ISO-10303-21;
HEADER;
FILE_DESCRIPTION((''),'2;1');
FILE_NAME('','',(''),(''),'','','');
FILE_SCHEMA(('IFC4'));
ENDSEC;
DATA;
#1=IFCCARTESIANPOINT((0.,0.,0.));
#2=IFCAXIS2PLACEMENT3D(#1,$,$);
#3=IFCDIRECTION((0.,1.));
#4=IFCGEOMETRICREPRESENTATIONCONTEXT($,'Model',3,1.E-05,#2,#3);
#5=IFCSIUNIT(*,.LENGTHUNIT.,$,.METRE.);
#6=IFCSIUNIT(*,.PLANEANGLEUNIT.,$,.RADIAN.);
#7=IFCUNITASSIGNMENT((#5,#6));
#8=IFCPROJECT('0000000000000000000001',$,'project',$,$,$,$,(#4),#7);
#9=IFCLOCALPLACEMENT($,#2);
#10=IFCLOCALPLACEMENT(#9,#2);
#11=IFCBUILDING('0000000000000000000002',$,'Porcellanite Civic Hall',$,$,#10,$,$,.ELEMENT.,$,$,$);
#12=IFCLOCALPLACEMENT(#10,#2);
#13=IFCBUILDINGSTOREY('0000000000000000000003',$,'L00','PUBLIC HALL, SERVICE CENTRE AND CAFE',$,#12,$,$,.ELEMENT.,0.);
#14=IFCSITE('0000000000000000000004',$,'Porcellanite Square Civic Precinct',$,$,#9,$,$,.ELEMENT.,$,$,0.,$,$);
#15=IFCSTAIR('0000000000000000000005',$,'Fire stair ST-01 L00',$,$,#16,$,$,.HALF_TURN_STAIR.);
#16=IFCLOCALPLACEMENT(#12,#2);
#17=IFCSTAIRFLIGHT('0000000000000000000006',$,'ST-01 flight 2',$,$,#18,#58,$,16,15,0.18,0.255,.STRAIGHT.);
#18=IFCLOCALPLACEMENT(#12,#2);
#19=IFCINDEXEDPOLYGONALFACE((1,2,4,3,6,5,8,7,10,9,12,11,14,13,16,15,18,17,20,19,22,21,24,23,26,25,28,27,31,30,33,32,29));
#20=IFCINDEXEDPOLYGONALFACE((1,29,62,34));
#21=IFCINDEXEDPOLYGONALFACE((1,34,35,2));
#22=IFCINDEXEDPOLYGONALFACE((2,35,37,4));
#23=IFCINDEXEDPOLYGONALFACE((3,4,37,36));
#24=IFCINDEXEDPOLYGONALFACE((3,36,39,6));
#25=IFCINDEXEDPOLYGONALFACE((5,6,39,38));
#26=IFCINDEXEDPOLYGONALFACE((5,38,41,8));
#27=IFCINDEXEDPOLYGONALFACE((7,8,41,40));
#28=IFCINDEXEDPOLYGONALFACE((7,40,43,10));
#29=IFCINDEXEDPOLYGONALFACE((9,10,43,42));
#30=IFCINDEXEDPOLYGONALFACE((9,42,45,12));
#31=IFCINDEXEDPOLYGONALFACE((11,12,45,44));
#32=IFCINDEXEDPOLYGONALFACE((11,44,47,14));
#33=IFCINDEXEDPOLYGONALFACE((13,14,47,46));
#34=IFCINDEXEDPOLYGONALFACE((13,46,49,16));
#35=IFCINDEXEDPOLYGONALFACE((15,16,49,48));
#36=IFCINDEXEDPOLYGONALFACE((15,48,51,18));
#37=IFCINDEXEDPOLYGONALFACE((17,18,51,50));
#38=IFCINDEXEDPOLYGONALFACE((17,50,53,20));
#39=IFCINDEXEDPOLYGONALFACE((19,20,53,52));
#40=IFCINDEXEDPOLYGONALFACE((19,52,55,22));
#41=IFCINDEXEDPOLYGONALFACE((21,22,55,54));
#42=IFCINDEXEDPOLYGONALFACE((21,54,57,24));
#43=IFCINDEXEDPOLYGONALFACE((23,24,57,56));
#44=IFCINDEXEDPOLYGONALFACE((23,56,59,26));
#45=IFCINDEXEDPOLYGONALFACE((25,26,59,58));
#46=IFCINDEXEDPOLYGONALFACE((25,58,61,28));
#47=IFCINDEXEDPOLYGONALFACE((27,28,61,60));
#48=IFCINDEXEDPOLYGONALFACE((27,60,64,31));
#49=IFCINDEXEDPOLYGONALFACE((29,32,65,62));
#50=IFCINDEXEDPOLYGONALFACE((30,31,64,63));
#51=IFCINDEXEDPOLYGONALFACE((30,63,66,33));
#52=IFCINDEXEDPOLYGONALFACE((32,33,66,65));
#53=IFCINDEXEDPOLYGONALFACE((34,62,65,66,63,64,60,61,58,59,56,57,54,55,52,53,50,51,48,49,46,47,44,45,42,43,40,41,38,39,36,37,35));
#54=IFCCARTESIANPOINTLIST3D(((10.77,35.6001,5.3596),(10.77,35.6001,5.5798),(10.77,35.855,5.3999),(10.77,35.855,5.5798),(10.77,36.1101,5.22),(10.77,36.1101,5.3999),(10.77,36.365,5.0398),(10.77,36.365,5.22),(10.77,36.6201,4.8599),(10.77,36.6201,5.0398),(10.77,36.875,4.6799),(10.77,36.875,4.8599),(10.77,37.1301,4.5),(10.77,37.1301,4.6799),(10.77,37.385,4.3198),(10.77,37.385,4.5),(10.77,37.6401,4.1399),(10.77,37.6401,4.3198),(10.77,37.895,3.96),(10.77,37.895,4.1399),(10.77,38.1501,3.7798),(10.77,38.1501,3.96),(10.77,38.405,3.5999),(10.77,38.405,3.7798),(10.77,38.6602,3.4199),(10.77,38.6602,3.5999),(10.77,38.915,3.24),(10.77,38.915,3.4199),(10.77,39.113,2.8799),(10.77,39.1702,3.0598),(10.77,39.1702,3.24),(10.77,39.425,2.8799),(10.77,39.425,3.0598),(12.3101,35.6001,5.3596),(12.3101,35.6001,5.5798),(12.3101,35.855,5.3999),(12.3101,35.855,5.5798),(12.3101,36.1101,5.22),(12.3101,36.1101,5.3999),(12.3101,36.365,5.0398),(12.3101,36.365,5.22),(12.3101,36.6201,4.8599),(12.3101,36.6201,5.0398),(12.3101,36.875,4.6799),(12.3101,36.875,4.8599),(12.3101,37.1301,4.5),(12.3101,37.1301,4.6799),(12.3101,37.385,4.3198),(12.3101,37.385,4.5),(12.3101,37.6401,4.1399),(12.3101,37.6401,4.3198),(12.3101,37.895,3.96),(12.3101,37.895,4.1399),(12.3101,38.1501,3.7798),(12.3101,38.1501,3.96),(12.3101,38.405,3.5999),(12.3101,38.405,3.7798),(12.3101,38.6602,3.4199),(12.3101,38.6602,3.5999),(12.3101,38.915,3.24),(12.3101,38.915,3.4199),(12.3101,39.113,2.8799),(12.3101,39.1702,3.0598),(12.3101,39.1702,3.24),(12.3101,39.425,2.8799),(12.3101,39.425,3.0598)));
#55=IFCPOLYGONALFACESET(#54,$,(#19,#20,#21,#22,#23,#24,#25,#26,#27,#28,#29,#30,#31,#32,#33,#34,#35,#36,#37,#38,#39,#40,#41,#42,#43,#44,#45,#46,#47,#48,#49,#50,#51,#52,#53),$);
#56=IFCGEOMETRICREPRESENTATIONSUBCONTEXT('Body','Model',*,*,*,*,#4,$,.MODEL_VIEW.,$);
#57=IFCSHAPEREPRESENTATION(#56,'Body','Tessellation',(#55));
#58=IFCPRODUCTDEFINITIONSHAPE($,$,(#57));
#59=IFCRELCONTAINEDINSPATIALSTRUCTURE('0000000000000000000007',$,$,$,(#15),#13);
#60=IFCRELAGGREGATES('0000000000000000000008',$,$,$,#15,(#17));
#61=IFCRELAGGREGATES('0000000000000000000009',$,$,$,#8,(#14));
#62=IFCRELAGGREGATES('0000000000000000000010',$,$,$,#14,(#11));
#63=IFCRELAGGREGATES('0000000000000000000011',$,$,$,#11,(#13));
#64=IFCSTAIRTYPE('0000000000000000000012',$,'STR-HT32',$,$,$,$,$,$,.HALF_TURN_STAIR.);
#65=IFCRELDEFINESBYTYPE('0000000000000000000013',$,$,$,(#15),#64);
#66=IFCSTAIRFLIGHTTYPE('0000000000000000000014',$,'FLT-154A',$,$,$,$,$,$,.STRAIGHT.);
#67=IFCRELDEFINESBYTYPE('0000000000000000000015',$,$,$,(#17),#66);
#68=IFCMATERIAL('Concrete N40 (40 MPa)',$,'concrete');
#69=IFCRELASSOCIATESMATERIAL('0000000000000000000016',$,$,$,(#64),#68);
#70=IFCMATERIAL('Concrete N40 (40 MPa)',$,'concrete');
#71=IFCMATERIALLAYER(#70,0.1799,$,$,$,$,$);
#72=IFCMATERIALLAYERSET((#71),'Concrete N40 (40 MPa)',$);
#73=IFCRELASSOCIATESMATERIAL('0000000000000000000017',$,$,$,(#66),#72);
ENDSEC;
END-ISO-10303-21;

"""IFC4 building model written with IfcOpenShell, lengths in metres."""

from ifc_helpers import new_model, si_unit, direction, frame, origin, place, context, subcontext, project, spatial, polyline, outline, extrude, material, layer, layer_set, type_object, element, aggregate, save


model = new_model("IFC4")

# Units and contexts
model_context = context("Model", 3, precision=1e-05, world=origin(), true_north=direction((0.0, 1.0)))
body_context = subcontext(model_context, "Body", "Model", "MODEL_VIEW")
ifc_project = project(units=[si_unit("LENGTHUNIT", "METRE"), si_unit("PLANEANGLEUNIT", "RADIAN")], contexts=[model_context])

# Site, building, storey
site_placement = place(None, origin())
site = spatial("IfcSite", under=ifc_project, at=site_placement, Name="Porcellanite Square Civic Precinct", CompositionType="ELEMENT", RefElevation=0.0)
building_placement = place(site_placement, origin())
building = spatial("IfcBuilding", under=site, at=building_placement, Name="Porcellanite Civic Hall", CompositionType="ELEMENT")
storey_placement = place(building_placement, origin())
storey = spatial("IfcBuildingStorey", under=building, at=storey_placement, Name="L00", Description="PUBLIC HALL, SERVICE CENTRE AND CAFE", CompositionType="ELEMENT", Elevation=0.0)

# Stair, stair flight
ifc_material_1 = material(Name="Concrete N40 (40 MPa)", Category="concrete")
stair_type = type_object("IfcStairType", Name="STR-HT32", PredefinedType="HALF_TURN_STAIR", material=ifc_material_1)
stair_placement = place(storey_placement, origin())
stair = element("IfcStair", 1, at=stair_placement, inside=storey, type_object=stair_type, Name="Fire stair ST-01 L00", PredefinedType="HALF_TURN_STAIR")
ifc_material_2 = material(Name="Concrete N40 (40 MPa)", Category="concrete")
ifc_layer_1 = layer(ifc_material_2, 0.1799)
ifc_layer_set_1 = layer_set([ifc_layer_1], Name="Concrete N40 (40 MPa)")
stair_flight_type = type_object("IfcStairFlightType", Name="FLT-154A", PredefinedType="STRAIGHT", material=ifc_layer_set_1)
stair_flight_1_placement = place(storey_placement, frame((11.54, 39.425, 2.8799), z_axis=(0.0, 0.0, 1.0), x_axis=(0.0, -1.0, 0.0)))
stair_flight_1 = element("IfcStairFlight", 2, at=stair_flight_1_placement, type_object=stair_flight_type, Name="ST-01 flight 2", NumberOfRisers=16, NumberOfTreads=15, PredefinedType="STRAIGHT", RiserHeight=0.18, TreadLength=0.255, context=body_context, shape_type="SweptSolid", body=[
    extrude(outline(polyline([(0.0, 0.0), (0.0, 0.1799), (0.2549, 0.1799), (0.2549, 0.3601), (0.51, 0.3601), (0.51, 0.54), (0.7649, 0.54), (0.7649, 0.72), (1.02, 0.72), (1.02, 0.8999), (1.2749, 0.8999), (1.2749, 1.0801), (1.53, 1.0801), (1.53, 1.26), (1.7849, 1.26), (1.7849, 1.4399), (2.04, 1.4399), (2.04, 1.6201), (2.2949, 1.6201), (2.2949, 1.8), (2.55, 1.8), (2.55, 1.98), (2.8049, 1.98), (2.8049, 2.1599), (3.0601, 2.1599), (3.0601, 2.3401), (3.3149, 2.3401), (3.3149, 2.52), (3.5701, 2.52), (3.5701, 2.7), (3.825, 2.7), (3.825, 2.8799), (3.825, 2.4797), (0.312, 0.0), (0.0, 0.0)])), frame((0.0, 0.77, 0.0), z_axis=(0.0, -1.0, 0.0), x_axis=(1.0, 0.0, 0.0)), (0.0, 0.0, 1.0), 1.54),
])
aggregate(stair, [stair_flight_1])

save(model, "model.ifc")
